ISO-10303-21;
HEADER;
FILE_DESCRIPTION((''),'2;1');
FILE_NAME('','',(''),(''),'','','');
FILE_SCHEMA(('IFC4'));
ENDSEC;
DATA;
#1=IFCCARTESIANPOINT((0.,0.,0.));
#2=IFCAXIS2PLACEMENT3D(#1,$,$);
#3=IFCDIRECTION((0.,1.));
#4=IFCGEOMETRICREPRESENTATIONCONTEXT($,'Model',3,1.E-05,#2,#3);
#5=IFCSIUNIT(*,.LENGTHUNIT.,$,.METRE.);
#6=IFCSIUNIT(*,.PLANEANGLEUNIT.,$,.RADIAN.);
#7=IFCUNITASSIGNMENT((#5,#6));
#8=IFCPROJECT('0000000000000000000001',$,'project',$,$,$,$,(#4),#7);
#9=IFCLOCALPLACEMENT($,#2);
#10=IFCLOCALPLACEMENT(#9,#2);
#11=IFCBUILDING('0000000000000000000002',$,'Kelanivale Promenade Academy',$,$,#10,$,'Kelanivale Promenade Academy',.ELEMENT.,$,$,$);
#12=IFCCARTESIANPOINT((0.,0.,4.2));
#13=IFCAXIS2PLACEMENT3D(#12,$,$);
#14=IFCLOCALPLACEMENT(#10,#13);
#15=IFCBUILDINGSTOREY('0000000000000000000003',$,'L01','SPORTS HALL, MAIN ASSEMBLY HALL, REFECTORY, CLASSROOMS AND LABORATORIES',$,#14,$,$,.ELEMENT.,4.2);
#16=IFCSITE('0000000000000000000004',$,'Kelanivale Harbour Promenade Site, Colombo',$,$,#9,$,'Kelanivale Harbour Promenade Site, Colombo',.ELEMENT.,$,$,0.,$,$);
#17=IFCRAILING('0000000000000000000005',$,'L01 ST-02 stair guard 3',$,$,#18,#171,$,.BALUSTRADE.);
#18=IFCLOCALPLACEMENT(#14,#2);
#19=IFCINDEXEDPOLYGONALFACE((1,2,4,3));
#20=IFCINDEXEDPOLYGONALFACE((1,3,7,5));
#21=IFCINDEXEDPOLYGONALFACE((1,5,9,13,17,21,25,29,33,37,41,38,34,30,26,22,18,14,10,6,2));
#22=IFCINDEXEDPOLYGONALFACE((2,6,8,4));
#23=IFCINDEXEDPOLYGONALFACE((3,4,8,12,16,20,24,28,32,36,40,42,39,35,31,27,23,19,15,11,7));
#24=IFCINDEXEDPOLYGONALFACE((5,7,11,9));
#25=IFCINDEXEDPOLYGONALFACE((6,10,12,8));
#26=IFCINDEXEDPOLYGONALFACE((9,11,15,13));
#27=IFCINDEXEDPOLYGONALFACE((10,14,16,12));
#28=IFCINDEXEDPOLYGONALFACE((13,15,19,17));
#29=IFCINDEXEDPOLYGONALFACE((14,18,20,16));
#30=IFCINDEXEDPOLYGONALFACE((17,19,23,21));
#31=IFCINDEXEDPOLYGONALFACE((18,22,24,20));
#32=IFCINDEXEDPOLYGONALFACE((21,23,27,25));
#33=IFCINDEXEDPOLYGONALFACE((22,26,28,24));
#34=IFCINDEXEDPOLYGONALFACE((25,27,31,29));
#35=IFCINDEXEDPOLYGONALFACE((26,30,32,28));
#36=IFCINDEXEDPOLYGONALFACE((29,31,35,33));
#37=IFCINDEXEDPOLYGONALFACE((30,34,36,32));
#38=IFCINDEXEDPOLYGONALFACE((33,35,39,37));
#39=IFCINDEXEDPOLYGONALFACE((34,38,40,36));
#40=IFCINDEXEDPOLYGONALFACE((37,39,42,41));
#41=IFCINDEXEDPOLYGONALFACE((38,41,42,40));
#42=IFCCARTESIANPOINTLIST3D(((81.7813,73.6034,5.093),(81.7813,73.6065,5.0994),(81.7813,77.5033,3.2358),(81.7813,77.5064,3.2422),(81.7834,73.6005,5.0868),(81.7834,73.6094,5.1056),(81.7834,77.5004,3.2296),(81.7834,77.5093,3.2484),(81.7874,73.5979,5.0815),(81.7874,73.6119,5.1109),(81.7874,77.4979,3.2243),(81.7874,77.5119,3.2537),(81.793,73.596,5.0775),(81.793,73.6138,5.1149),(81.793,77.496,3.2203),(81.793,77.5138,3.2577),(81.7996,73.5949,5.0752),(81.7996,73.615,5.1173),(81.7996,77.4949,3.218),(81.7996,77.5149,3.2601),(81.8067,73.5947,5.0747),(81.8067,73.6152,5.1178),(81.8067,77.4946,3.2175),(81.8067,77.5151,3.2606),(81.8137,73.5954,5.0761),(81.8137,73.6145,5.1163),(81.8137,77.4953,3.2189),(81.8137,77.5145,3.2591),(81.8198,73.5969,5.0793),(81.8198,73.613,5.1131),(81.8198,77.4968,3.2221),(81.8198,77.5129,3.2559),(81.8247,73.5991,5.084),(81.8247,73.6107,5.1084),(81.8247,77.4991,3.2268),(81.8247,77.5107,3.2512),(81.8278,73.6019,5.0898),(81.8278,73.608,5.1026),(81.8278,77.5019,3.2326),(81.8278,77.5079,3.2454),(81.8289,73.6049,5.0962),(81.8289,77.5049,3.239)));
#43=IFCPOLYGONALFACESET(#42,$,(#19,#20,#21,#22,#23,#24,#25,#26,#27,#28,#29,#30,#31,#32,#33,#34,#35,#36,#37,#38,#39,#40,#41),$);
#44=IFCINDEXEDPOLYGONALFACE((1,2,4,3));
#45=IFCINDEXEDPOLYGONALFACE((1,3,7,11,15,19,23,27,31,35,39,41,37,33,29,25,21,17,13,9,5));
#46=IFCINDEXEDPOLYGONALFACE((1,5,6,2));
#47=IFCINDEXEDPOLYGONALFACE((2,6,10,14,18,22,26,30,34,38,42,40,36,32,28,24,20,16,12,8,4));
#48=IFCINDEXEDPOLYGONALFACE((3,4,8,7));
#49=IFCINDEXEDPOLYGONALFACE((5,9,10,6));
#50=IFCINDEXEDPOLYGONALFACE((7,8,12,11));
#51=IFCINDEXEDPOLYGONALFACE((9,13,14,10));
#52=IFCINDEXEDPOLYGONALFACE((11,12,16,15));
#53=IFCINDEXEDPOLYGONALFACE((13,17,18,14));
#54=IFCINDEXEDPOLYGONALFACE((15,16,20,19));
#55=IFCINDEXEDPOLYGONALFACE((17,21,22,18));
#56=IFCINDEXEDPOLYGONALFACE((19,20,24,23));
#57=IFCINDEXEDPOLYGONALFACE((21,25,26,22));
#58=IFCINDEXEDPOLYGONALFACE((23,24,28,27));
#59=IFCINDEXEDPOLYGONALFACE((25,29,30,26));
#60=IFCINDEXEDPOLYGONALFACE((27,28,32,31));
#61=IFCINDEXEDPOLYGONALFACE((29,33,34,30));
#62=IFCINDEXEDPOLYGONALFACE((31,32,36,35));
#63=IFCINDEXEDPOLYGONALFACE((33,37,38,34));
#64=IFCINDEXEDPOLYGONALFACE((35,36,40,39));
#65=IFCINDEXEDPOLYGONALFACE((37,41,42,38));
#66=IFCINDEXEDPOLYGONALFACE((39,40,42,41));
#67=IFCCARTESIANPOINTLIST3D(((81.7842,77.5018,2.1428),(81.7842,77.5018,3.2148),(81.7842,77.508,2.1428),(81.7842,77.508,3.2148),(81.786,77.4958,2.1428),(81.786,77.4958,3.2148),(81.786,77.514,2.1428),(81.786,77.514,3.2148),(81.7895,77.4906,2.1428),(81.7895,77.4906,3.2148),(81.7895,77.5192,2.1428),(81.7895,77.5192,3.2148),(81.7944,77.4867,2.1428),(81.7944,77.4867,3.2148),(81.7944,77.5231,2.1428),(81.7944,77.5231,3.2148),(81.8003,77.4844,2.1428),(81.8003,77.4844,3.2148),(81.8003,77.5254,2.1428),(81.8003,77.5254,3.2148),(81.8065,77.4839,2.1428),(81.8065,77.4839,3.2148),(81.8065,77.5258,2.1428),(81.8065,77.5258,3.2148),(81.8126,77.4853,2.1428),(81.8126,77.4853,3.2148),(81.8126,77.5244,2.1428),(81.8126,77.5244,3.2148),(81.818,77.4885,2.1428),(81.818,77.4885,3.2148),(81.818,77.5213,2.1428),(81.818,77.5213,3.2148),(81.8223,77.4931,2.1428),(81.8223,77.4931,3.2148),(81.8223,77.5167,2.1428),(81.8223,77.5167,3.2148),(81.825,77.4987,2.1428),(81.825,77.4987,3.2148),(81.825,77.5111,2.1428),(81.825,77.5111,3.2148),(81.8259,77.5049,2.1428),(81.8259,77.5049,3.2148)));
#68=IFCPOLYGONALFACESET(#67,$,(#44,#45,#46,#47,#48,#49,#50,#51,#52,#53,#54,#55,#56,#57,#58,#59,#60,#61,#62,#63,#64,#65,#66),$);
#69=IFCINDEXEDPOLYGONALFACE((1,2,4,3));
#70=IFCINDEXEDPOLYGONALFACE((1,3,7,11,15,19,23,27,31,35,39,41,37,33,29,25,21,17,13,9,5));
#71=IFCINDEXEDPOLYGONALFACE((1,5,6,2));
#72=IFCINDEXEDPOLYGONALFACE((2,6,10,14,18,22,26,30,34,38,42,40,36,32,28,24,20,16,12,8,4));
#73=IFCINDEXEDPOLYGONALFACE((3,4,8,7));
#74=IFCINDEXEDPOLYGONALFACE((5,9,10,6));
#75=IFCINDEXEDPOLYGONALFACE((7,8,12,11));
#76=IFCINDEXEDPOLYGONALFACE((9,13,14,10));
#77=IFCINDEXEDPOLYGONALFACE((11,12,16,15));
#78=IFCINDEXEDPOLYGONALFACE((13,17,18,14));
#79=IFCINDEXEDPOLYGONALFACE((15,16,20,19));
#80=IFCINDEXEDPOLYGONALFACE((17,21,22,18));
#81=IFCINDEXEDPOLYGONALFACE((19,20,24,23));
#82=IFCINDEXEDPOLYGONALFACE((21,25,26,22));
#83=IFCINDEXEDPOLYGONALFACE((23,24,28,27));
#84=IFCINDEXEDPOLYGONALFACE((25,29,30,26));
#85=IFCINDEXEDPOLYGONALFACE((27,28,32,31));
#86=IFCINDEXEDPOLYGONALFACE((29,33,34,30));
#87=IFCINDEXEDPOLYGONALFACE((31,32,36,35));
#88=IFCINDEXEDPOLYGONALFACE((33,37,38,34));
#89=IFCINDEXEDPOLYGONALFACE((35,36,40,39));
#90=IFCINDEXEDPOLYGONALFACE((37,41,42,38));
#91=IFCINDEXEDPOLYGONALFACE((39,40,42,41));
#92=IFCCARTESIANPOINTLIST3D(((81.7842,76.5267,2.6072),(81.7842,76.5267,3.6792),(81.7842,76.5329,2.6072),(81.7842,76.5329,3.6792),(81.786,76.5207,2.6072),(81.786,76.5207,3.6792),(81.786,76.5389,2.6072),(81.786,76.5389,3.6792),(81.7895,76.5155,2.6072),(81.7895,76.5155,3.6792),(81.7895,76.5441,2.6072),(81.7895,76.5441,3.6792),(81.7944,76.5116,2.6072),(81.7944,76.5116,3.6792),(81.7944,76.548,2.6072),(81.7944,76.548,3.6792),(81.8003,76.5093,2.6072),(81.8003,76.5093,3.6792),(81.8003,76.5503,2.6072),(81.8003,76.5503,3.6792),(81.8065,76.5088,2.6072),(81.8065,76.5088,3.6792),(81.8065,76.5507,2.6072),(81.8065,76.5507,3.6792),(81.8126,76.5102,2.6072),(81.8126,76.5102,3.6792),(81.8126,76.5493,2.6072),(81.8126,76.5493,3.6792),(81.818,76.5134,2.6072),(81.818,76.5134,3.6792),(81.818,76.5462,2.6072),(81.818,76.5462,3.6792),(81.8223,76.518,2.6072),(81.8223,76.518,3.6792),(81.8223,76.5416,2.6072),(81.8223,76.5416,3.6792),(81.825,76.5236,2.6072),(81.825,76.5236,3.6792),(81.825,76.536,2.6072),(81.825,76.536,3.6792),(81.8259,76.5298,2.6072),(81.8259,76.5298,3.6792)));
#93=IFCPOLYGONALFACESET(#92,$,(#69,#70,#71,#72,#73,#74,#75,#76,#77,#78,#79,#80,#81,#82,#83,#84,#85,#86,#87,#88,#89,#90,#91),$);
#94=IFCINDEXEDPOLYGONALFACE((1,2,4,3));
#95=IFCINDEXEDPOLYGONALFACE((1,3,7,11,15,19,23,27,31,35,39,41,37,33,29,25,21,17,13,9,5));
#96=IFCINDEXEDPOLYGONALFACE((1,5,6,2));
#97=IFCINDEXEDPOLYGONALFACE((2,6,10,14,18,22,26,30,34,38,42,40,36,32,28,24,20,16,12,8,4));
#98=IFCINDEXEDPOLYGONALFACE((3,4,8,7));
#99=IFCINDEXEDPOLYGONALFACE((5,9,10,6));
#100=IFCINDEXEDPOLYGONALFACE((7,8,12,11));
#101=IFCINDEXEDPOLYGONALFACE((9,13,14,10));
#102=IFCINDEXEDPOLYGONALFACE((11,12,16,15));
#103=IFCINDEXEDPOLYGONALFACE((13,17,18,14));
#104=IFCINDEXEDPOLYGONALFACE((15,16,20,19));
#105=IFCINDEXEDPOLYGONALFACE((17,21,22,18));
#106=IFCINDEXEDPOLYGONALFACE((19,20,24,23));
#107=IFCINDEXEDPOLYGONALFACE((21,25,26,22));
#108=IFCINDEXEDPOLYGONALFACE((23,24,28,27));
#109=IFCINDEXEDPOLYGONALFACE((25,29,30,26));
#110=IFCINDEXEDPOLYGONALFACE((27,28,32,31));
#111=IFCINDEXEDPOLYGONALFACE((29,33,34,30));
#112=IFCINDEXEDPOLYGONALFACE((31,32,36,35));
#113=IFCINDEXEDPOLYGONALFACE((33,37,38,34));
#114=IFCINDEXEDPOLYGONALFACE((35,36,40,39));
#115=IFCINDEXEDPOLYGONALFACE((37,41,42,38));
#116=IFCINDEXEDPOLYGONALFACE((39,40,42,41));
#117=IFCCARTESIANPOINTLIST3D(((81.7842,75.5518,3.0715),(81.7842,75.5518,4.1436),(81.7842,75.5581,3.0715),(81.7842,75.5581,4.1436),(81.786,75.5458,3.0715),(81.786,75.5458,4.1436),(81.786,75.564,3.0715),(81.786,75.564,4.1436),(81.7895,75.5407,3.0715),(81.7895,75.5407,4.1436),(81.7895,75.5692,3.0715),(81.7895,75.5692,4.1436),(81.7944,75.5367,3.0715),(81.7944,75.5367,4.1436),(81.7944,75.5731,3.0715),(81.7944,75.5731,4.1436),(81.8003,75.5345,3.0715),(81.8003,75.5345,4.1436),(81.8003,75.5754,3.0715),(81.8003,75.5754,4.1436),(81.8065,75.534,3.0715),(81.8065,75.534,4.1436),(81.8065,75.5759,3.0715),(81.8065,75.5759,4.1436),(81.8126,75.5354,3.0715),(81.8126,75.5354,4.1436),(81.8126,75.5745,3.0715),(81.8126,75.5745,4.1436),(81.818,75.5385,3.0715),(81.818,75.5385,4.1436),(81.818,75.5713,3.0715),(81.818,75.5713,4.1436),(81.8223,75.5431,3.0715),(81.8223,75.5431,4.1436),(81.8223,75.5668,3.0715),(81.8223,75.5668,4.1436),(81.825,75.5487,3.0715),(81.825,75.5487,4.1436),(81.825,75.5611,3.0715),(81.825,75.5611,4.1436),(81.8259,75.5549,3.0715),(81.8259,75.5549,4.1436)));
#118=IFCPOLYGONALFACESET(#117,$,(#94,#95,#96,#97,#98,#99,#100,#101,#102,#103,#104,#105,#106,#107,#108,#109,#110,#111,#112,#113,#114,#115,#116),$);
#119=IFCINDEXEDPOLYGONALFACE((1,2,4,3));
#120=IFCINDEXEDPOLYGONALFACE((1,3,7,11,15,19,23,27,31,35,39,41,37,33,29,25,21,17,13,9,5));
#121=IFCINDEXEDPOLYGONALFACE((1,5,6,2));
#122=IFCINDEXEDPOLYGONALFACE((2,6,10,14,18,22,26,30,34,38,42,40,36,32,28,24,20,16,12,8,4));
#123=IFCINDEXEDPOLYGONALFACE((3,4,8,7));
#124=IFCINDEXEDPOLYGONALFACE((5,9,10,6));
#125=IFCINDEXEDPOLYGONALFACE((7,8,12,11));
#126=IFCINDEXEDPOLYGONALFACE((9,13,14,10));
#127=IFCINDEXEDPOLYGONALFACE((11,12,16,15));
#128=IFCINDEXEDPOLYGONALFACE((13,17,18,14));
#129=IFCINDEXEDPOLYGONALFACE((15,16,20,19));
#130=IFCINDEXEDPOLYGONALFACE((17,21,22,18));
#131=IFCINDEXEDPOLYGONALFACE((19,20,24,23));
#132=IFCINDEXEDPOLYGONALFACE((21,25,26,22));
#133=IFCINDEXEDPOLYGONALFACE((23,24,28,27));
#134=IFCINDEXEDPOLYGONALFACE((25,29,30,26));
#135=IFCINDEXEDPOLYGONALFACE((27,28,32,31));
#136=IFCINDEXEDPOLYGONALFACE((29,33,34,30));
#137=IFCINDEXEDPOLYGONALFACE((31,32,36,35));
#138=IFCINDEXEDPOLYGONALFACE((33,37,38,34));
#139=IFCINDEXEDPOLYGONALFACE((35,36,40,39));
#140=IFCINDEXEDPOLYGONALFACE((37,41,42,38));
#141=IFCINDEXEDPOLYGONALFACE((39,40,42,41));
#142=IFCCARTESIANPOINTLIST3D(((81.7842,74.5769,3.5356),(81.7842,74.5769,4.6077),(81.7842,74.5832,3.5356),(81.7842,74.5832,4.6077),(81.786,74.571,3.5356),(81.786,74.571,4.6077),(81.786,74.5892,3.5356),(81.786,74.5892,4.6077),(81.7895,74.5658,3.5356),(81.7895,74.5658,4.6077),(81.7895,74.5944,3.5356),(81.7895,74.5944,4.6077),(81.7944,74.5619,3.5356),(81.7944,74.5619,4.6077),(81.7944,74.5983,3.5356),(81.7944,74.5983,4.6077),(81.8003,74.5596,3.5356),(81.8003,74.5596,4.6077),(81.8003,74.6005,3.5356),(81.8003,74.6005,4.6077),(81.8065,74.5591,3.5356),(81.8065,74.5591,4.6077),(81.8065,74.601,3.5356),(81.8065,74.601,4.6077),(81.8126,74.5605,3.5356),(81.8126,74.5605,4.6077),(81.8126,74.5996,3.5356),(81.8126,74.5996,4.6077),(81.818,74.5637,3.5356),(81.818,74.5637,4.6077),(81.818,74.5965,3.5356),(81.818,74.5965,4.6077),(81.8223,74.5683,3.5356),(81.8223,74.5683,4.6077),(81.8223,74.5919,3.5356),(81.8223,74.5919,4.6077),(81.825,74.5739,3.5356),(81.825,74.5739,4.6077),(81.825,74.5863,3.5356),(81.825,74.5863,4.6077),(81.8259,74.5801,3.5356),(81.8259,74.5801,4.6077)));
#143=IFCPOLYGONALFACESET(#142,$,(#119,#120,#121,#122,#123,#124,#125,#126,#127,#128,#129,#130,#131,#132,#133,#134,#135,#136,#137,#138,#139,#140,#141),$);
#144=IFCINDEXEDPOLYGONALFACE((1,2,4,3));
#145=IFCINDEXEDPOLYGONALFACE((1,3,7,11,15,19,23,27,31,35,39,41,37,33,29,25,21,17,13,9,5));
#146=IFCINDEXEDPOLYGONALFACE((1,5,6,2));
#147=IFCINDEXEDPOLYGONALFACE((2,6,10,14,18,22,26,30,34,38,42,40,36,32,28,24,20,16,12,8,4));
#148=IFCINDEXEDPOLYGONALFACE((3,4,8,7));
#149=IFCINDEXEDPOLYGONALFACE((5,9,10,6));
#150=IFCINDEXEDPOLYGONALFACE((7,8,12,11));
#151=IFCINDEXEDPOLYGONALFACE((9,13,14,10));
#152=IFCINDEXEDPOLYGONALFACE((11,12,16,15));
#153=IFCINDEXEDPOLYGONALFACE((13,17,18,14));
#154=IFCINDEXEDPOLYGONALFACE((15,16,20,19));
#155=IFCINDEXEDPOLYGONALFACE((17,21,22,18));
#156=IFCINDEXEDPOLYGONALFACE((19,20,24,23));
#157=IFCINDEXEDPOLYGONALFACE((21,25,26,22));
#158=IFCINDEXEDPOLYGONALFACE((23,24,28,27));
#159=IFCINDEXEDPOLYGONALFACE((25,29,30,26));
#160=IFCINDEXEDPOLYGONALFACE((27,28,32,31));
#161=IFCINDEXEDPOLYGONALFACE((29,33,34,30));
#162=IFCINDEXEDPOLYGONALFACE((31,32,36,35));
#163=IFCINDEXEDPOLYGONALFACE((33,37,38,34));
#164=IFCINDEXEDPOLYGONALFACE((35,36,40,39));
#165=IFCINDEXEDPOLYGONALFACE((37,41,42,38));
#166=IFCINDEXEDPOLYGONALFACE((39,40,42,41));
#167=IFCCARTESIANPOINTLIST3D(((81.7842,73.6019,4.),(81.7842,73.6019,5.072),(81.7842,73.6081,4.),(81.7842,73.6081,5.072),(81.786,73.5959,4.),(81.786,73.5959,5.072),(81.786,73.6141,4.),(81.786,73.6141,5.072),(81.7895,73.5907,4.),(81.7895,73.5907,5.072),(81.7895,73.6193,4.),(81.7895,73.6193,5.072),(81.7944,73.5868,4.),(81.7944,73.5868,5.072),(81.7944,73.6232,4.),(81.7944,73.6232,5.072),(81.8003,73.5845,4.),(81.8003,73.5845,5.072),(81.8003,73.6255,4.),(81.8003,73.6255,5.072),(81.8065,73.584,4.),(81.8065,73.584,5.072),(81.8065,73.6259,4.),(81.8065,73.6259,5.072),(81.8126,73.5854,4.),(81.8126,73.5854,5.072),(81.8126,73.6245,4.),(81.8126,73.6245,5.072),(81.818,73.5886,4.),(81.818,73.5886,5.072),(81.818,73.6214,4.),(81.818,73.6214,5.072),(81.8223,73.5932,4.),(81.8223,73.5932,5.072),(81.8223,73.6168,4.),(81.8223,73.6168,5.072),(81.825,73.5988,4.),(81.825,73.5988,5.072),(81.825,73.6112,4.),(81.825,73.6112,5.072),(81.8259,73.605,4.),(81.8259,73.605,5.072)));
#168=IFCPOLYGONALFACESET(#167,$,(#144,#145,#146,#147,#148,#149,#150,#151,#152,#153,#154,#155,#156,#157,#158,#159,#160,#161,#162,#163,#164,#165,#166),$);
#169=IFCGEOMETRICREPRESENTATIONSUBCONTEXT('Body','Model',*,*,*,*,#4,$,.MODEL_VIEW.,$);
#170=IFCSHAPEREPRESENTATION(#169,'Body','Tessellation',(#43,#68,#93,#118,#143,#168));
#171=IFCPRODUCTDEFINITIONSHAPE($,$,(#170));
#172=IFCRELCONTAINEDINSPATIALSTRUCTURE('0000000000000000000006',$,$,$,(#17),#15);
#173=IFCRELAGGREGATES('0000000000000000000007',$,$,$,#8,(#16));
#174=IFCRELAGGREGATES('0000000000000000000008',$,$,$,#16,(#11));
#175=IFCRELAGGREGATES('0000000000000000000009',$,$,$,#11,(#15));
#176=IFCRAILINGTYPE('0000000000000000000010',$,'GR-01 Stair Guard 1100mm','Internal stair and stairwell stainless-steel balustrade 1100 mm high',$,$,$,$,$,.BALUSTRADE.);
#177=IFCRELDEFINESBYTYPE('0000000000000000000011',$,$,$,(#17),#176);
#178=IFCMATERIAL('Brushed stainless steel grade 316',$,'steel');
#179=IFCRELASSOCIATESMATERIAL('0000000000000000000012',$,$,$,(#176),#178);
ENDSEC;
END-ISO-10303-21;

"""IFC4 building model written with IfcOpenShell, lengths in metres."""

from ifc_helpers import new_model, si_unit, direction, frame, origin, origin_2d, place, context, subcontext, project, spatial, circle, extrude, material, type_object, element, save


model = new_model("IFC4")

# Units and contexts
model_context = context("Model", 3, precision=1e-05, world=origin(), true_north=direction((0.0, 1.0)))
body_context = subcontext(model_context, "Body", "Model", "MODEL_VIEW")
ifc_project = project(units=[si_unit("LENGTHUNIT", "METRE"), si_unit("PLANEANGLEUNIT", "RADIAN")], contexts=[model_context])

# Site, building, storey
site_placement = place(None, origin())
site = spatial("IfcSite", under=ifc_project, at=site_placement, Name="Kelanivale Harbour Promenade Site, Colombo", LongName="Kelanivale Harbour Promenade Site, Colombo", CompositionType="ELEMENT", RefElevation=0.0)
building_placement = place(site_placement, origin())
building = spatial("IfcBuilding", under=site, at=building_placement, Name="Kelanivale Promenade Academy", LongName="Kelanivale Promenade Academy", CompositionType="ELEMENT")
storey_placement = place(building_placement, frame((0.0, 0.0, 4.2)))
storey = spatial("IfcBuildingStorey", under=building, at=storey_placement, Name="L01", Description="SPORTS HALL, MAIN ASSEMBLY HALL, REFECTORY, CLASSROOMS AND LABORATORIES", CompositionType="ELEMENT", Elevation=4.2)

# Railing
ifc_material_1 = material(Name="Brushed stainless steel grade 316", Category="steel")
railing_type_1 = type_object("IfcRailingType", Name="GR-01 Stair Guard 1100mm", Description="Internal stair and stairwell stainless-steel balustrade 1100 mm high", PredefinedType="BALUSTRADE", material=ifc_material_1)
railing_1_placement = place(storey_placement, frame((81.8049, 77.5049, 2.1428)))
element("IfcRailing", 1, at=railing_1_placement, inside=storey, type_object=railing_type_1, Name="L01 ST-02 stair guard 3", PredefinedType="BALUSTRADE", context=body_context, shape_type="SweptSolid", body=[
    extrude(circle(Radius=0.0239, at=origin_2d()), frame((0.0, 0.0, 1.0962), z_axis=(0.0, -0.902853, 0.429949), x_axis=(1.0, 0.0, 0.0)), (0.0, 0.0, 1.0), 4.3196),
    extrude(circle(Radius=0.021, at=origin_2d()), origin(), (0.0, 0.0, 1.0), 1.072),
    extrude(circle(Radius=0.021, at=origin_2d()), frame((0.0, -0.9751, 0.4644)), (0.0, 0.0, 1.0), 1.072),
    extrude(circle(Radius=0.021, at=origin_2d()), frame((0.0, -1.95, 0.9287)), (0.0, 0.0, 1.0), 1.072),
    extrude(circle(Radius=0.021, at=origin_2d()), frame((0.0, -2.9248, 1.3928)), (0.0, 0.0, 1.0), 1.072),
    extrude(circle(Radius=0.021, at=origin_2d()), frame((0.0, -3.8999, 1.8572)), (0.0, 0.0, 1.0), 1.072),
])

save(model, "model.ifc")
